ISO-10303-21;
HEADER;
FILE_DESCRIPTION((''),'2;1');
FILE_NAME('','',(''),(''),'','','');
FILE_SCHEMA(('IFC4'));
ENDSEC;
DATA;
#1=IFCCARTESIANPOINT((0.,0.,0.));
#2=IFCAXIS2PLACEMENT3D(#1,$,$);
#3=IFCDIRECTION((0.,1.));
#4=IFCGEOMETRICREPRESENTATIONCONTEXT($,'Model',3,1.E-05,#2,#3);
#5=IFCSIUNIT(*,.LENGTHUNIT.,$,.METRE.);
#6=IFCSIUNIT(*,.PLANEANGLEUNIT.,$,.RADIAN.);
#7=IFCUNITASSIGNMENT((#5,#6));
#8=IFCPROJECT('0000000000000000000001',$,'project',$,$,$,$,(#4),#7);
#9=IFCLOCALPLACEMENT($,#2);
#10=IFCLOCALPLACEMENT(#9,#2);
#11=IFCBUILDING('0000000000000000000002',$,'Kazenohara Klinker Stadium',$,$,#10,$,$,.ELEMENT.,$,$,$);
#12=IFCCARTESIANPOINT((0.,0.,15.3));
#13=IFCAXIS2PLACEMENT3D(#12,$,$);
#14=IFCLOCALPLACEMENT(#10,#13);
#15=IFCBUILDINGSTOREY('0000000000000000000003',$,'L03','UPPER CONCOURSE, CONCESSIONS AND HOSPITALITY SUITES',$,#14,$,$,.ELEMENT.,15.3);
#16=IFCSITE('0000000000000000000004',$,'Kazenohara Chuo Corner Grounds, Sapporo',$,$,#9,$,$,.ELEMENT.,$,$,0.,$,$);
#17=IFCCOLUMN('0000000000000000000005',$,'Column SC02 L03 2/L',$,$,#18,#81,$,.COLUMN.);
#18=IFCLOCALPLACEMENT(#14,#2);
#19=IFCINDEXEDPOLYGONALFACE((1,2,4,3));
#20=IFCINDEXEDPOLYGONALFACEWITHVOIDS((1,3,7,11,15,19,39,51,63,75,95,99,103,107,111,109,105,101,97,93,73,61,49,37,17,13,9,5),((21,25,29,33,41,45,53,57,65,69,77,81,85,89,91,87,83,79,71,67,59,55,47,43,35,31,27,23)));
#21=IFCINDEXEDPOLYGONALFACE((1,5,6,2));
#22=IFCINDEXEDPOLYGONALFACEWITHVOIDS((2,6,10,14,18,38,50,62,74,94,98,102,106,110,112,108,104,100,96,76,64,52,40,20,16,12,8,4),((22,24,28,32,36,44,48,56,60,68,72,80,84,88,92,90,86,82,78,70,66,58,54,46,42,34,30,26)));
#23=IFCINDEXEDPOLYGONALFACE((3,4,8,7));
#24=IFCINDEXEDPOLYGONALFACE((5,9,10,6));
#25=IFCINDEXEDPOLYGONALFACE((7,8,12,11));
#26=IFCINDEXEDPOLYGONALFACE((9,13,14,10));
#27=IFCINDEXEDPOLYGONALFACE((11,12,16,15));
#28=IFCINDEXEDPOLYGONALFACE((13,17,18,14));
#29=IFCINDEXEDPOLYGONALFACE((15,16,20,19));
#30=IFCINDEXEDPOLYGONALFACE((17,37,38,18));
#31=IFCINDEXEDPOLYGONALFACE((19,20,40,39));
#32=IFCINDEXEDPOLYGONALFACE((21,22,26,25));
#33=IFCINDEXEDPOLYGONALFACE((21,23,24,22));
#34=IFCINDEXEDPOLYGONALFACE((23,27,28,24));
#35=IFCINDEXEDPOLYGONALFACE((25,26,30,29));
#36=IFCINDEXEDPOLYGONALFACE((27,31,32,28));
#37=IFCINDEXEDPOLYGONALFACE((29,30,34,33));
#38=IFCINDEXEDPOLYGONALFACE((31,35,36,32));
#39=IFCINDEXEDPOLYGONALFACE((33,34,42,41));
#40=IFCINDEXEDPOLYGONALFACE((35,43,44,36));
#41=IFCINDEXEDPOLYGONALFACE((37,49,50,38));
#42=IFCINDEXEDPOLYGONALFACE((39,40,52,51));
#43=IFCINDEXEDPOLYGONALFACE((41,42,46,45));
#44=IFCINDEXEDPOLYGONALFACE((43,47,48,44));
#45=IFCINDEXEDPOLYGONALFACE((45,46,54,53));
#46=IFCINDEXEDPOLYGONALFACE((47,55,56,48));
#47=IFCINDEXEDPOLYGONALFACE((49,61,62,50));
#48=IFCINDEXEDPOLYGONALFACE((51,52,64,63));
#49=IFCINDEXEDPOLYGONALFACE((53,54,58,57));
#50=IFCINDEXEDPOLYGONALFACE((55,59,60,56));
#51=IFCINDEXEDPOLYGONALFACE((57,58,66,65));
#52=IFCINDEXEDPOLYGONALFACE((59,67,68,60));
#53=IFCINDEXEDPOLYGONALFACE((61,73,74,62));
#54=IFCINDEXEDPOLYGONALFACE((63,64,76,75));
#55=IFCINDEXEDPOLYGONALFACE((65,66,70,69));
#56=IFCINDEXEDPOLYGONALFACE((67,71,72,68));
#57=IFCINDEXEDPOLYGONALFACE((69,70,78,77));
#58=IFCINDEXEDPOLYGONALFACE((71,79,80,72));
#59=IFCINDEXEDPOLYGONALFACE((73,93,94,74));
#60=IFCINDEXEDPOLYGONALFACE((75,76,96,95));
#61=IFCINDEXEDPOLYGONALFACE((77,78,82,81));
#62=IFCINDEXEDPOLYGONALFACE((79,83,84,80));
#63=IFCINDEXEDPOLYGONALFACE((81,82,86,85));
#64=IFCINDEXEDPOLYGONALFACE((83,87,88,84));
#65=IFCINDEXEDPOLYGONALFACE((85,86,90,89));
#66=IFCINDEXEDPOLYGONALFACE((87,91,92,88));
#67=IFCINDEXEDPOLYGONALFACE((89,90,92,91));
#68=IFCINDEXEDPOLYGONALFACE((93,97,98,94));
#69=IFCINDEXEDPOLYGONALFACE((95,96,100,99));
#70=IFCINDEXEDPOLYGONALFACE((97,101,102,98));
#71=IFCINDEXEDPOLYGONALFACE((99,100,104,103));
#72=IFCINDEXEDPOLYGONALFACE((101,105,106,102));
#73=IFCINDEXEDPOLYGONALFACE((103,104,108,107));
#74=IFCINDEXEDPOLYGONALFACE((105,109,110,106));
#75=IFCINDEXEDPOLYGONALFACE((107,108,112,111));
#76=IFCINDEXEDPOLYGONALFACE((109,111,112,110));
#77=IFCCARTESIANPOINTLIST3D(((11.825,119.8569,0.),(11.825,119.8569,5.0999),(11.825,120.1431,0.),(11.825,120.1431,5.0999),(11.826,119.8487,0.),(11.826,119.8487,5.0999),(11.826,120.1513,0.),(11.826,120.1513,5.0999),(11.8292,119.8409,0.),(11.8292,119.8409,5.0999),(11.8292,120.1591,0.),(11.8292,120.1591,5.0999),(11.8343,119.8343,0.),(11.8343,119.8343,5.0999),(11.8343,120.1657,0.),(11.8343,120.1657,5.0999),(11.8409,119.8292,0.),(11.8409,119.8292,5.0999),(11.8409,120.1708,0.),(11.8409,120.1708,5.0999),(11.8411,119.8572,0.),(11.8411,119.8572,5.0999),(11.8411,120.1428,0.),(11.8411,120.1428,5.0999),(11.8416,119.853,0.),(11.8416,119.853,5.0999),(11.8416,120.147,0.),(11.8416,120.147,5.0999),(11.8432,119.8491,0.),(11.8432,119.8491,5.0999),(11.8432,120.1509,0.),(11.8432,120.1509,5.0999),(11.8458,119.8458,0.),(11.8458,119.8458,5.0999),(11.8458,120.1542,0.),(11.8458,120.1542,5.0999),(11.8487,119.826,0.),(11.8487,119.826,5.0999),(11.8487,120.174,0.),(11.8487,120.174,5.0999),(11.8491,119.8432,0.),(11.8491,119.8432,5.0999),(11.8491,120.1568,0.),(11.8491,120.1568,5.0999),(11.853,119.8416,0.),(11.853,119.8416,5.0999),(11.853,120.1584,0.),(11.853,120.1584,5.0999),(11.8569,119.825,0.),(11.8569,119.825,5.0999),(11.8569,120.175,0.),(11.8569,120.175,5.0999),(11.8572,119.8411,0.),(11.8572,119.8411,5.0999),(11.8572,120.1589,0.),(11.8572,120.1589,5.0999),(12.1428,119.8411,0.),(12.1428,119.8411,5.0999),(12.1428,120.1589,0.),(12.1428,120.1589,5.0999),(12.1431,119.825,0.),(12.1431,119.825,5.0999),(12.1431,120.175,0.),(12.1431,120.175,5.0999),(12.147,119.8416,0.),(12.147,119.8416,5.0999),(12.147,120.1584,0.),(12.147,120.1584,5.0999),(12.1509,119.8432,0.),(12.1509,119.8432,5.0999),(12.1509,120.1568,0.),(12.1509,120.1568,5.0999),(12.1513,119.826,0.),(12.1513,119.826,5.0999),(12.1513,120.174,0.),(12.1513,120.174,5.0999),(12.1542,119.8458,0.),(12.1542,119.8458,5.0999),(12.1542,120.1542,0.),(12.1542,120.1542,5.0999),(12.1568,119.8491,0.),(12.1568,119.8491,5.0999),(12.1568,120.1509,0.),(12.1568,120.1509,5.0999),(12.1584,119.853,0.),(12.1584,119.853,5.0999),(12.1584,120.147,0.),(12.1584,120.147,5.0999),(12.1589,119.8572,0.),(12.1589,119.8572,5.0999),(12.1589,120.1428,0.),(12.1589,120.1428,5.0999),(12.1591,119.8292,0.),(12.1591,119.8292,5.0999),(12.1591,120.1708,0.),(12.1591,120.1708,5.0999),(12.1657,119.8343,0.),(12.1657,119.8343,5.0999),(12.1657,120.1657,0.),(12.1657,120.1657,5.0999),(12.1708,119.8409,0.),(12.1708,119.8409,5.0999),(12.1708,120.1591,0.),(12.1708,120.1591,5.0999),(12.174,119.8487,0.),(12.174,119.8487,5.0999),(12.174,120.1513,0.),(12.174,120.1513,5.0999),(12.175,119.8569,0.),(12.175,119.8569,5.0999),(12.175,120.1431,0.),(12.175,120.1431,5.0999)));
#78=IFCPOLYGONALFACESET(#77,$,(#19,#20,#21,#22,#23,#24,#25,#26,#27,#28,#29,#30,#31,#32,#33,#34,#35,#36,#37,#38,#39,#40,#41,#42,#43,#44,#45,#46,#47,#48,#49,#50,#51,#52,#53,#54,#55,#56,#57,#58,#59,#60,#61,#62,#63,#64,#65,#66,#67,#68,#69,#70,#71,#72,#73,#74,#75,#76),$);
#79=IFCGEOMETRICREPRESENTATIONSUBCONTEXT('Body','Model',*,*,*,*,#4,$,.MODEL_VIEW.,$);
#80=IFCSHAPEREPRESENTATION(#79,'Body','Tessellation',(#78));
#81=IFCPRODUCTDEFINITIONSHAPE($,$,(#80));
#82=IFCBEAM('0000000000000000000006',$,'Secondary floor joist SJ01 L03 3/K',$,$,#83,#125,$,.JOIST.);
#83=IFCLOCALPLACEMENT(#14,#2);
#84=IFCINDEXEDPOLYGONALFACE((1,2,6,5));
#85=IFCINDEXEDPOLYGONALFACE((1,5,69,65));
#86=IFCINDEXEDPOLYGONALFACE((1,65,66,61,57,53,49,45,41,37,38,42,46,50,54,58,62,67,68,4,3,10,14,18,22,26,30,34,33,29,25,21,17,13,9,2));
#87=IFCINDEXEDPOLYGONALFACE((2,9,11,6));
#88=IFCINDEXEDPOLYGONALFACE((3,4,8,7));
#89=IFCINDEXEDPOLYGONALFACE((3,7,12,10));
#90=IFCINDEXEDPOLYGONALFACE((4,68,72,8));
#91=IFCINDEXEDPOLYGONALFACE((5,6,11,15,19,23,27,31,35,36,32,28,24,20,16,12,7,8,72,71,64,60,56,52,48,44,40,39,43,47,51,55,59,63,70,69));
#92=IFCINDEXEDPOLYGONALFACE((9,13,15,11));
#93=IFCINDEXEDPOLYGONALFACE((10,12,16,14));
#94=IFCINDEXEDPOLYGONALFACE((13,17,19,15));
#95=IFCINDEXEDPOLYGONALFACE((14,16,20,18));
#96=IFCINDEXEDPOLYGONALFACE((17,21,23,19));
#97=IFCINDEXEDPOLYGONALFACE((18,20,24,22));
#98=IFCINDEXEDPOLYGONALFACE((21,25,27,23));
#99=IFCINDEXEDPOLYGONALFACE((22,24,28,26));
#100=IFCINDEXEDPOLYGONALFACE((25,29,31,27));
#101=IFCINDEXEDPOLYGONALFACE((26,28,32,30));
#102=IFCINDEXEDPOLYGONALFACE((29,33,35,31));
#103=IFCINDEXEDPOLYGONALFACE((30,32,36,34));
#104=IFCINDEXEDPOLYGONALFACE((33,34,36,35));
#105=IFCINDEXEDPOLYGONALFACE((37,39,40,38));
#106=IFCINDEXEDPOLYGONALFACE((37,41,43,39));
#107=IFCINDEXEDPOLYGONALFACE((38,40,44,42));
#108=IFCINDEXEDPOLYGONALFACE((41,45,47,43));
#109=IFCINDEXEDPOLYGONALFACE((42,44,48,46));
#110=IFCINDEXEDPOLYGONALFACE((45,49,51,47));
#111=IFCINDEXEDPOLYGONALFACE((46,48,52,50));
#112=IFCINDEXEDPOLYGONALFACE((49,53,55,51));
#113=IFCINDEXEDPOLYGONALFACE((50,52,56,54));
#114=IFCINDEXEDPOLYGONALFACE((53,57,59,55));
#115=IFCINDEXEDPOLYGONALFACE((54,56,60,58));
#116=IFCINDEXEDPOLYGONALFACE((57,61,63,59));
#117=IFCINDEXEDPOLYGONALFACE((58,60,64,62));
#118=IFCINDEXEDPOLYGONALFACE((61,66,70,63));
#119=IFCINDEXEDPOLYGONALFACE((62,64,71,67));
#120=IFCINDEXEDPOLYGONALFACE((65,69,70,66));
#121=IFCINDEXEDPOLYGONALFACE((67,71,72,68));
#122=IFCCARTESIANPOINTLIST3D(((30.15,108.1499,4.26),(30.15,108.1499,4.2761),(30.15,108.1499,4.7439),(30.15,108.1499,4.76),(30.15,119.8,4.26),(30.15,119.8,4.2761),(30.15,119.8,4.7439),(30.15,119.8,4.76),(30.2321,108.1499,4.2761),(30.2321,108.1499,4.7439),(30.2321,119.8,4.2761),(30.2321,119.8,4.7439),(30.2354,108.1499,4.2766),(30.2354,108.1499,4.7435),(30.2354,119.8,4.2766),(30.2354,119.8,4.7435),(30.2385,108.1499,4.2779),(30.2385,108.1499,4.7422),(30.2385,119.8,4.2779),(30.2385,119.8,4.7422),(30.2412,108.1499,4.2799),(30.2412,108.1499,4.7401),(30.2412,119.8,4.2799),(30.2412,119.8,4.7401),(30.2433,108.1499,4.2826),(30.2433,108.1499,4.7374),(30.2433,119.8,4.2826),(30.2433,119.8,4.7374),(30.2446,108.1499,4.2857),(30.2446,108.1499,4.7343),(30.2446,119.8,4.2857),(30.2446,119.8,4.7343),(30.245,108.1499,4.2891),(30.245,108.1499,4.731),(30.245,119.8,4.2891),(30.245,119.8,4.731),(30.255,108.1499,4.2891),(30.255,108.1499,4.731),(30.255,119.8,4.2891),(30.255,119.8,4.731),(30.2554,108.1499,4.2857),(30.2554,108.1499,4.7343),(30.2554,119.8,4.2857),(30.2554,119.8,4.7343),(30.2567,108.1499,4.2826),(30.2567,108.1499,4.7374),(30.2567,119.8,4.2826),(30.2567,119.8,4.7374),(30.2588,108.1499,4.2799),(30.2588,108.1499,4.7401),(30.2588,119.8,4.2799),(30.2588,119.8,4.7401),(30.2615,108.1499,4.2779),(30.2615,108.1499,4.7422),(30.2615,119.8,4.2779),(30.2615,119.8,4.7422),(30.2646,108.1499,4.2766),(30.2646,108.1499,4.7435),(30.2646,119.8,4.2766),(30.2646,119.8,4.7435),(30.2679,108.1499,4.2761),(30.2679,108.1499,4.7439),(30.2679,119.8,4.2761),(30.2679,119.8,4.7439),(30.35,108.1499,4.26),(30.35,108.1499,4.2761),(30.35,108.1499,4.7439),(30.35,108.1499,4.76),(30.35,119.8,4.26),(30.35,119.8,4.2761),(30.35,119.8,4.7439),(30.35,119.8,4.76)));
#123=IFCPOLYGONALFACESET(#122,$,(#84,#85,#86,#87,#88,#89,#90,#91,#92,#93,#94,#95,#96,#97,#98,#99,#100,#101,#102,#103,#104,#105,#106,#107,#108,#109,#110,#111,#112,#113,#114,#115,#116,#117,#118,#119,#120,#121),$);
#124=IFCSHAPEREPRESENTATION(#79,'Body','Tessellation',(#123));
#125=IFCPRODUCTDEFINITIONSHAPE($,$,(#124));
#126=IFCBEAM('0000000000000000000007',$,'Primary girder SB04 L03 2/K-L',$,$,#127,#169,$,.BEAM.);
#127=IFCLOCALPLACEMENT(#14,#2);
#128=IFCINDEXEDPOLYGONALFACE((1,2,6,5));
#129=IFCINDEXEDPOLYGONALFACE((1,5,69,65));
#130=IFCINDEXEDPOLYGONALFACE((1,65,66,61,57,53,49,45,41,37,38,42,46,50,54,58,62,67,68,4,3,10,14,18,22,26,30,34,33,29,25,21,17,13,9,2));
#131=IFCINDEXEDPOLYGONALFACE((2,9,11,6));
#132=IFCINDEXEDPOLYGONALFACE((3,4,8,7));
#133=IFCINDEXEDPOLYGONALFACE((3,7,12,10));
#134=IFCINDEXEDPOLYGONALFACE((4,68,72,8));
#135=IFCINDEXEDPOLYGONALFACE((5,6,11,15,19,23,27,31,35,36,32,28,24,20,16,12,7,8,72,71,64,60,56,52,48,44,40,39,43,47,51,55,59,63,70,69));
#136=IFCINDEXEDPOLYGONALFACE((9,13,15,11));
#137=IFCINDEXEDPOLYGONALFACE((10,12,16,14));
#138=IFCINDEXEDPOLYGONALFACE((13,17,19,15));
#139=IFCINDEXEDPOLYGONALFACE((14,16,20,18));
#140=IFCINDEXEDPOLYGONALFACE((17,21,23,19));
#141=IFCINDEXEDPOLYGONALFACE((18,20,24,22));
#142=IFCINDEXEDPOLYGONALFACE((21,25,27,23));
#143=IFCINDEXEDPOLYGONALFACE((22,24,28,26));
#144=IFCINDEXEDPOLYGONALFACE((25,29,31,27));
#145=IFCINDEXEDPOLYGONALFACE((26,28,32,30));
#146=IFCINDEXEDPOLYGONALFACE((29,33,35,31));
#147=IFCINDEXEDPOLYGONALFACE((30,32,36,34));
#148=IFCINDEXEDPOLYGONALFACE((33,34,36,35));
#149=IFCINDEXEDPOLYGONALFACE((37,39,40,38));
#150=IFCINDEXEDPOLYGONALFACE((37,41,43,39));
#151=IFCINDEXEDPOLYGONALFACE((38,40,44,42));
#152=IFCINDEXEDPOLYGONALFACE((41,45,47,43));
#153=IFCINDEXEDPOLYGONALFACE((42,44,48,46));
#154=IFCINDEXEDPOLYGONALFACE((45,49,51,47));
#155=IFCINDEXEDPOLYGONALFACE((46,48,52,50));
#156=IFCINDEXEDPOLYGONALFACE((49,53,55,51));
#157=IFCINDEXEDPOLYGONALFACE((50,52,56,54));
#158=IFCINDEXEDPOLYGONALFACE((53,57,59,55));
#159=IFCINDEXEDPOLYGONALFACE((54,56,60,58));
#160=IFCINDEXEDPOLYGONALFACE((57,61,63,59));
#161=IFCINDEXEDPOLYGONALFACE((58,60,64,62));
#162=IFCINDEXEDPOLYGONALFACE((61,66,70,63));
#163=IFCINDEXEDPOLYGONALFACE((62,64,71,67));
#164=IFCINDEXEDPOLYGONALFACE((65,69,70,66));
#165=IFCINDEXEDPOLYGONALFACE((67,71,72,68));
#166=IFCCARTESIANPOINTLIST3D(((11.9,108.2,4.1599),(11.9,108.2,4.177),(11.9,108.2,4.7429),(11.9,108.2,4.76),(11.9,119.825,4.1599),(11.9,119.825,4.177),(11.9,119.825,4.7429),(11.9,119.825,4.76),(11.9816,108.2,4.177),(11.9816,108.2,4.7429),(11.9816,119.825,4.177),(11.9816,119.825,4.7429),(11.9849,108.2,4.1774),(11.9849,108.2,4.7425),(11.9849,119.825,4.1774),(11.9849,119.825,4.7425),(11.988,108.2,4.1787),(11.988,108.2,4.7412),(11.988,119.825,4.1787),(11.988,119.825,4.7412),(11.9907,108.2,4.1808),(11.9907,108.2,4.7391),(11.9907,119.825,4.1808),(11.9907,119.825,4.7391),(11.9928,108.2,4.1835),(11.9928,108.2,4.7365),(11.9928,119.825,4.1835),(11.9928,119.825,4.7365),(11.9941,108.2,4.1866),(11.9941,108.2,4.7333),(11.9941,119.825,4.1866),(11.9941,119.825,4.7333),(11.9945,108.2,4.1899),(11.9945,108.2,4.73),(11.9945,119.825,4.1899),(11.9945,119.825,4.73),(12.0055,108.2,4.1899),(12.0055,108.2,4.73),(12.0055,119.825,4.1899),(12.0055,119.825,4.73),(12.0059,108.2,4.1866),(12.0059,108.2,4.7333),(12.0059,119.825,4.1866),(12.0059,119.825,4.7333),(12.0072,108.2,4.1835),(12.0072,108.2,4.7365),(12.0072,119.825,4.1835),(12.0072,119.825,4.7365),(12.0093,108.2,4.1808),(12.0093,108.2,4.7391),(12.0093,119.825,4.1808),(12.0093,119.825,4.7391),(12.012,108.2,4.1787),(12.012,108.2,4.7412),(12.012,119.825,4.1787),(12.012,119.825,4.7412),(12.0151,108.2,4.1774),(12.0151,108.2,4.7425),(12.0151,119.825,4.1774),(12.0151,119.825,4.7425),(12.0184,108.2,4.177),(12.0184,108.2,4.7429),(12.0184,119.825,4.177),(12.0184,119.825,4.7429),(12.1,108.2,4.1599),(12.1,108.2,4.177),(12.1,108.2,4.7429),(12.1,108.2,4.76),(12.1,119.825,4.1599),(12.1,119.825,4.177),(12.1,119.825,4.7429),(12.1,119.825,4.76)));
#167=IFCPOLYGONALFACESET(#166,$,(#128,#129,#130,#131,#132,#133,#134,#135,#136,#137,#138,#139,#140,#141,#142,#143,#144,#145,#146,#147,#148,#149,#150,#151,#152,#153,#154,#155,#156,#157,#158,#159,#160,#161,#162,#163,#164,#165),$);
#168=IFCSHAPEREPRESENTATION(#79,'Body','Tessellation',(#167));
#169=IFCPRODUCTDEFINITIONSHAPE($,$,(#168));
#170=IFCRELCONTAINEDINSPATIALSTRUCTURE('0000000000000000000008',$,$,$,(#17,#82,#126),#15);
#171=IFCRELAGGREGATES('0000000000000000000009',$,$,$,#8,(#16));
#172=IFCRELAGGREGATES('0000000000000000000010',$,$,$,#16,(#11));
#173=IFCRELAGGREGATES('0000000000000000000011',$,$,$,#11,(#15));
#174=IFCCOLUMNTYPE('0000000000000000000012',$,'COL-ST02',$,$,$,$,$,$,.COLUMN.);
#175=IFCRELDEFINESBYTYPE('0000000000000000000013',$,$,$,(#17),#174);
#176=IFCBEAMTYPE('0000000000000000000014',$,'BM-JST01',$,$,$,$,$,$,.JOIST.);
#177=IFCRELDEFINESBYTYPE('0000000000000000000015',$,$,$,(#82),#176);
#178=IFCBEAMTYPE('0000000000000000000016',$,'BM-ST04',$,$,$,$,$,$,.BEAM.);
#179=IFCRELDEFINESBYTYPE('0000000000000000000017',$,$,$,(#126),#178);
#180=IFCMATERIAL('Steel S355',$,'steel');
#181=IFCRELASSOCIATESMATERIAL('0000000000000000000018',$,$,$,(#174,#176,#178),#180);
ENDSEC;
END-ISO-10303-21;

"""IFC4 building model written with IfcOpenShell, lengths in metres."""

from ifc_helpers import new_model, si_unit, direction, frame, origin, origin_2d, place, context, subcontext, project, spatial, hollow_rectangle, i_section, extrude, material, material_profile, profile_set, type_object, element, save


model = new_model("IFC4")

# Units and contexts
model_context = context("Model", 3, precision=1e-05, world=origin(), true_north=direction((0.0, 1.0)))
body_context = subcontext(model_context, "Body", "Model", "MODEL_VIEW")
ifc_project = project(units=[si_unit("LENGTHUNIT", "METRE"), si_unit("PLANEANGLEUNIT", "RADIAN")], contexts=[model_context])

# Site, building, storey
site_placement = place(None, origin())
site = spatial("IfcSite", under=ifc_project, at=site_placement, Name="Kazenohara Chuo Corner Grounds, Sapporo", CompositionType="ELEMENT", RefElevation=0.0)
building_placement = place(site_placement, origin())
building = spatial("IfcBuilding", under=site, at=building_placement, Name="Kazenohara Klinker Stadium", CompositionType="ELEMENT")
storey_placement = place(building_placement, frame((0.0, 0.0, 15.3)))
storey = spatial("IfcBuildingStorey", under=building, at=storey_placement, Name="L03", Description="UPPER CONCOURSE, CONCESSIONS AND HOSPITALITY SUITES", CompositionType="ELEMENT", Elevation=15.3)

# Column
ifc_material_1 = material(Name="Steel S355", Category="steel")
ifc_material_profile_1 = material_profile(ifc_material_1, hollow_rectangle(XDim=0.3501, YDim=0.3501, WallThickness=0.0161, InnerFilletRadius=0.0161, OuterFilletRadius=0.032, at=origin_2d()), Name="SHS-350x350x16")
ifc_profile_set_1 = profile_set([ifc_material_profile_1], Name="Steel S355")
column_type = type_object("IfcColumnType", Name="COL-ST02", PredefinedType="COLUMN", material=ifc_profile_set_1)
column_placement = place(storey_placement, frame((12.0, 120.0, 0.0), z_axis=(0.0, 0.0, 1.0), x_axis=(1.0, 0.0, 0.0)))
element("IfcColumn", 1, at=column_placement, inside=storey, type_object=column_type, Name="Column SC02 L03 2/L", PredefinedType="COLUMN", context=body_context, shape_type="SweptSolid", body=[
    extrude(hollow_rectangle(XDim=0.3501, YDim=0.3501, WallThickness=0.0161, InnerFilletRadius=0.0161, OuterFilletRadius=0.032, at=origin_2d()), origin(), (0.0, 0.0, 1.0), 5.0999),
])

# Beams
ifc_material_profile_2 = material_profile(ifc_material_1, i_section(OverallWidth=0.2, OverallDepth=0.5, WebThickness=0.01, FlangeThickness=0.0161, FilletRadius=0.0129, at=origin_2d()), Name="H-500x200x10x16")
ifc_profile_set_2 = profile_set([ifc_material_profile_2], Name="Steel S355")
beam_type_1 = type_object("IfcBeamType", Name="BM-JST01", PredefinedType="JOIST", material=ifc_profile_set_2)
beam_1_placement = place(storey_placement, frame((30.25, 108.1499, 4.51), z_axis=(0.0, 1.0, 0.0), x_axis=(-1.0, 0.0, 0.0)))
element("IfcBeam", 2, at=beam_1_placement, inside=storey, type_object=beam_type_1, Name="Secondary floor joist SJ01 L03 3/K", PredefinedType="JOIST", context=body_context, shape_type="SweptSolid", body=[
    extrude(i_section(OverallWidth=0.2, OverallDepth=0.5, WebThickness=0.01, FlangeThickness=0.0161, FilletRadius=0.0129, at=origin_2d()), origin(), (0.0, 0.0, 1.0), 11.6501),
])
ifc_material_profile_3 = material_profile(ifc_material_1, i_section(OverallWidth=0.2, OverallDepth=0.6001, WebThickness=0.011, FlangeThickness=0.0171, FilletRadius=0.0129, at=origin_2d()), Name="H-600x200x11x17")
ifc_profile_set_3 = profile_set([ifc_material_profile_3], Name="Steel S355")
beam_type_2 = type_object("IfcBeamType", Name="BM-ST04", PredefinedType="BEAM", material=ifc_profile_set_3)
beam_2_placement = place(storey_placement, frame((12.0, 108.2, 4.46), z_axis=(0.0, 1.0, 0.0), x_axis=(-1.0, 0.0, 0.0)))
element("IfcBeam", 3, at=beam_2_placement, inside=storey, type_object=beam_type_2, Name="Primary girder SB04 L03 2/K-L", PredefinedType="BEAM", context=body_context, shape_type="SweptSolid", body=[
    extrude(i_section(OverallWidth=0.2, OverallDepth=0.6001, WebThickness=0.011, FlangeThickness=0.0171, FilletRadius=0.0129, at=origin_2d()), origin(), (0.0, 0.0, 1.0), 11.625),
])

save(model, "model.ifc")
